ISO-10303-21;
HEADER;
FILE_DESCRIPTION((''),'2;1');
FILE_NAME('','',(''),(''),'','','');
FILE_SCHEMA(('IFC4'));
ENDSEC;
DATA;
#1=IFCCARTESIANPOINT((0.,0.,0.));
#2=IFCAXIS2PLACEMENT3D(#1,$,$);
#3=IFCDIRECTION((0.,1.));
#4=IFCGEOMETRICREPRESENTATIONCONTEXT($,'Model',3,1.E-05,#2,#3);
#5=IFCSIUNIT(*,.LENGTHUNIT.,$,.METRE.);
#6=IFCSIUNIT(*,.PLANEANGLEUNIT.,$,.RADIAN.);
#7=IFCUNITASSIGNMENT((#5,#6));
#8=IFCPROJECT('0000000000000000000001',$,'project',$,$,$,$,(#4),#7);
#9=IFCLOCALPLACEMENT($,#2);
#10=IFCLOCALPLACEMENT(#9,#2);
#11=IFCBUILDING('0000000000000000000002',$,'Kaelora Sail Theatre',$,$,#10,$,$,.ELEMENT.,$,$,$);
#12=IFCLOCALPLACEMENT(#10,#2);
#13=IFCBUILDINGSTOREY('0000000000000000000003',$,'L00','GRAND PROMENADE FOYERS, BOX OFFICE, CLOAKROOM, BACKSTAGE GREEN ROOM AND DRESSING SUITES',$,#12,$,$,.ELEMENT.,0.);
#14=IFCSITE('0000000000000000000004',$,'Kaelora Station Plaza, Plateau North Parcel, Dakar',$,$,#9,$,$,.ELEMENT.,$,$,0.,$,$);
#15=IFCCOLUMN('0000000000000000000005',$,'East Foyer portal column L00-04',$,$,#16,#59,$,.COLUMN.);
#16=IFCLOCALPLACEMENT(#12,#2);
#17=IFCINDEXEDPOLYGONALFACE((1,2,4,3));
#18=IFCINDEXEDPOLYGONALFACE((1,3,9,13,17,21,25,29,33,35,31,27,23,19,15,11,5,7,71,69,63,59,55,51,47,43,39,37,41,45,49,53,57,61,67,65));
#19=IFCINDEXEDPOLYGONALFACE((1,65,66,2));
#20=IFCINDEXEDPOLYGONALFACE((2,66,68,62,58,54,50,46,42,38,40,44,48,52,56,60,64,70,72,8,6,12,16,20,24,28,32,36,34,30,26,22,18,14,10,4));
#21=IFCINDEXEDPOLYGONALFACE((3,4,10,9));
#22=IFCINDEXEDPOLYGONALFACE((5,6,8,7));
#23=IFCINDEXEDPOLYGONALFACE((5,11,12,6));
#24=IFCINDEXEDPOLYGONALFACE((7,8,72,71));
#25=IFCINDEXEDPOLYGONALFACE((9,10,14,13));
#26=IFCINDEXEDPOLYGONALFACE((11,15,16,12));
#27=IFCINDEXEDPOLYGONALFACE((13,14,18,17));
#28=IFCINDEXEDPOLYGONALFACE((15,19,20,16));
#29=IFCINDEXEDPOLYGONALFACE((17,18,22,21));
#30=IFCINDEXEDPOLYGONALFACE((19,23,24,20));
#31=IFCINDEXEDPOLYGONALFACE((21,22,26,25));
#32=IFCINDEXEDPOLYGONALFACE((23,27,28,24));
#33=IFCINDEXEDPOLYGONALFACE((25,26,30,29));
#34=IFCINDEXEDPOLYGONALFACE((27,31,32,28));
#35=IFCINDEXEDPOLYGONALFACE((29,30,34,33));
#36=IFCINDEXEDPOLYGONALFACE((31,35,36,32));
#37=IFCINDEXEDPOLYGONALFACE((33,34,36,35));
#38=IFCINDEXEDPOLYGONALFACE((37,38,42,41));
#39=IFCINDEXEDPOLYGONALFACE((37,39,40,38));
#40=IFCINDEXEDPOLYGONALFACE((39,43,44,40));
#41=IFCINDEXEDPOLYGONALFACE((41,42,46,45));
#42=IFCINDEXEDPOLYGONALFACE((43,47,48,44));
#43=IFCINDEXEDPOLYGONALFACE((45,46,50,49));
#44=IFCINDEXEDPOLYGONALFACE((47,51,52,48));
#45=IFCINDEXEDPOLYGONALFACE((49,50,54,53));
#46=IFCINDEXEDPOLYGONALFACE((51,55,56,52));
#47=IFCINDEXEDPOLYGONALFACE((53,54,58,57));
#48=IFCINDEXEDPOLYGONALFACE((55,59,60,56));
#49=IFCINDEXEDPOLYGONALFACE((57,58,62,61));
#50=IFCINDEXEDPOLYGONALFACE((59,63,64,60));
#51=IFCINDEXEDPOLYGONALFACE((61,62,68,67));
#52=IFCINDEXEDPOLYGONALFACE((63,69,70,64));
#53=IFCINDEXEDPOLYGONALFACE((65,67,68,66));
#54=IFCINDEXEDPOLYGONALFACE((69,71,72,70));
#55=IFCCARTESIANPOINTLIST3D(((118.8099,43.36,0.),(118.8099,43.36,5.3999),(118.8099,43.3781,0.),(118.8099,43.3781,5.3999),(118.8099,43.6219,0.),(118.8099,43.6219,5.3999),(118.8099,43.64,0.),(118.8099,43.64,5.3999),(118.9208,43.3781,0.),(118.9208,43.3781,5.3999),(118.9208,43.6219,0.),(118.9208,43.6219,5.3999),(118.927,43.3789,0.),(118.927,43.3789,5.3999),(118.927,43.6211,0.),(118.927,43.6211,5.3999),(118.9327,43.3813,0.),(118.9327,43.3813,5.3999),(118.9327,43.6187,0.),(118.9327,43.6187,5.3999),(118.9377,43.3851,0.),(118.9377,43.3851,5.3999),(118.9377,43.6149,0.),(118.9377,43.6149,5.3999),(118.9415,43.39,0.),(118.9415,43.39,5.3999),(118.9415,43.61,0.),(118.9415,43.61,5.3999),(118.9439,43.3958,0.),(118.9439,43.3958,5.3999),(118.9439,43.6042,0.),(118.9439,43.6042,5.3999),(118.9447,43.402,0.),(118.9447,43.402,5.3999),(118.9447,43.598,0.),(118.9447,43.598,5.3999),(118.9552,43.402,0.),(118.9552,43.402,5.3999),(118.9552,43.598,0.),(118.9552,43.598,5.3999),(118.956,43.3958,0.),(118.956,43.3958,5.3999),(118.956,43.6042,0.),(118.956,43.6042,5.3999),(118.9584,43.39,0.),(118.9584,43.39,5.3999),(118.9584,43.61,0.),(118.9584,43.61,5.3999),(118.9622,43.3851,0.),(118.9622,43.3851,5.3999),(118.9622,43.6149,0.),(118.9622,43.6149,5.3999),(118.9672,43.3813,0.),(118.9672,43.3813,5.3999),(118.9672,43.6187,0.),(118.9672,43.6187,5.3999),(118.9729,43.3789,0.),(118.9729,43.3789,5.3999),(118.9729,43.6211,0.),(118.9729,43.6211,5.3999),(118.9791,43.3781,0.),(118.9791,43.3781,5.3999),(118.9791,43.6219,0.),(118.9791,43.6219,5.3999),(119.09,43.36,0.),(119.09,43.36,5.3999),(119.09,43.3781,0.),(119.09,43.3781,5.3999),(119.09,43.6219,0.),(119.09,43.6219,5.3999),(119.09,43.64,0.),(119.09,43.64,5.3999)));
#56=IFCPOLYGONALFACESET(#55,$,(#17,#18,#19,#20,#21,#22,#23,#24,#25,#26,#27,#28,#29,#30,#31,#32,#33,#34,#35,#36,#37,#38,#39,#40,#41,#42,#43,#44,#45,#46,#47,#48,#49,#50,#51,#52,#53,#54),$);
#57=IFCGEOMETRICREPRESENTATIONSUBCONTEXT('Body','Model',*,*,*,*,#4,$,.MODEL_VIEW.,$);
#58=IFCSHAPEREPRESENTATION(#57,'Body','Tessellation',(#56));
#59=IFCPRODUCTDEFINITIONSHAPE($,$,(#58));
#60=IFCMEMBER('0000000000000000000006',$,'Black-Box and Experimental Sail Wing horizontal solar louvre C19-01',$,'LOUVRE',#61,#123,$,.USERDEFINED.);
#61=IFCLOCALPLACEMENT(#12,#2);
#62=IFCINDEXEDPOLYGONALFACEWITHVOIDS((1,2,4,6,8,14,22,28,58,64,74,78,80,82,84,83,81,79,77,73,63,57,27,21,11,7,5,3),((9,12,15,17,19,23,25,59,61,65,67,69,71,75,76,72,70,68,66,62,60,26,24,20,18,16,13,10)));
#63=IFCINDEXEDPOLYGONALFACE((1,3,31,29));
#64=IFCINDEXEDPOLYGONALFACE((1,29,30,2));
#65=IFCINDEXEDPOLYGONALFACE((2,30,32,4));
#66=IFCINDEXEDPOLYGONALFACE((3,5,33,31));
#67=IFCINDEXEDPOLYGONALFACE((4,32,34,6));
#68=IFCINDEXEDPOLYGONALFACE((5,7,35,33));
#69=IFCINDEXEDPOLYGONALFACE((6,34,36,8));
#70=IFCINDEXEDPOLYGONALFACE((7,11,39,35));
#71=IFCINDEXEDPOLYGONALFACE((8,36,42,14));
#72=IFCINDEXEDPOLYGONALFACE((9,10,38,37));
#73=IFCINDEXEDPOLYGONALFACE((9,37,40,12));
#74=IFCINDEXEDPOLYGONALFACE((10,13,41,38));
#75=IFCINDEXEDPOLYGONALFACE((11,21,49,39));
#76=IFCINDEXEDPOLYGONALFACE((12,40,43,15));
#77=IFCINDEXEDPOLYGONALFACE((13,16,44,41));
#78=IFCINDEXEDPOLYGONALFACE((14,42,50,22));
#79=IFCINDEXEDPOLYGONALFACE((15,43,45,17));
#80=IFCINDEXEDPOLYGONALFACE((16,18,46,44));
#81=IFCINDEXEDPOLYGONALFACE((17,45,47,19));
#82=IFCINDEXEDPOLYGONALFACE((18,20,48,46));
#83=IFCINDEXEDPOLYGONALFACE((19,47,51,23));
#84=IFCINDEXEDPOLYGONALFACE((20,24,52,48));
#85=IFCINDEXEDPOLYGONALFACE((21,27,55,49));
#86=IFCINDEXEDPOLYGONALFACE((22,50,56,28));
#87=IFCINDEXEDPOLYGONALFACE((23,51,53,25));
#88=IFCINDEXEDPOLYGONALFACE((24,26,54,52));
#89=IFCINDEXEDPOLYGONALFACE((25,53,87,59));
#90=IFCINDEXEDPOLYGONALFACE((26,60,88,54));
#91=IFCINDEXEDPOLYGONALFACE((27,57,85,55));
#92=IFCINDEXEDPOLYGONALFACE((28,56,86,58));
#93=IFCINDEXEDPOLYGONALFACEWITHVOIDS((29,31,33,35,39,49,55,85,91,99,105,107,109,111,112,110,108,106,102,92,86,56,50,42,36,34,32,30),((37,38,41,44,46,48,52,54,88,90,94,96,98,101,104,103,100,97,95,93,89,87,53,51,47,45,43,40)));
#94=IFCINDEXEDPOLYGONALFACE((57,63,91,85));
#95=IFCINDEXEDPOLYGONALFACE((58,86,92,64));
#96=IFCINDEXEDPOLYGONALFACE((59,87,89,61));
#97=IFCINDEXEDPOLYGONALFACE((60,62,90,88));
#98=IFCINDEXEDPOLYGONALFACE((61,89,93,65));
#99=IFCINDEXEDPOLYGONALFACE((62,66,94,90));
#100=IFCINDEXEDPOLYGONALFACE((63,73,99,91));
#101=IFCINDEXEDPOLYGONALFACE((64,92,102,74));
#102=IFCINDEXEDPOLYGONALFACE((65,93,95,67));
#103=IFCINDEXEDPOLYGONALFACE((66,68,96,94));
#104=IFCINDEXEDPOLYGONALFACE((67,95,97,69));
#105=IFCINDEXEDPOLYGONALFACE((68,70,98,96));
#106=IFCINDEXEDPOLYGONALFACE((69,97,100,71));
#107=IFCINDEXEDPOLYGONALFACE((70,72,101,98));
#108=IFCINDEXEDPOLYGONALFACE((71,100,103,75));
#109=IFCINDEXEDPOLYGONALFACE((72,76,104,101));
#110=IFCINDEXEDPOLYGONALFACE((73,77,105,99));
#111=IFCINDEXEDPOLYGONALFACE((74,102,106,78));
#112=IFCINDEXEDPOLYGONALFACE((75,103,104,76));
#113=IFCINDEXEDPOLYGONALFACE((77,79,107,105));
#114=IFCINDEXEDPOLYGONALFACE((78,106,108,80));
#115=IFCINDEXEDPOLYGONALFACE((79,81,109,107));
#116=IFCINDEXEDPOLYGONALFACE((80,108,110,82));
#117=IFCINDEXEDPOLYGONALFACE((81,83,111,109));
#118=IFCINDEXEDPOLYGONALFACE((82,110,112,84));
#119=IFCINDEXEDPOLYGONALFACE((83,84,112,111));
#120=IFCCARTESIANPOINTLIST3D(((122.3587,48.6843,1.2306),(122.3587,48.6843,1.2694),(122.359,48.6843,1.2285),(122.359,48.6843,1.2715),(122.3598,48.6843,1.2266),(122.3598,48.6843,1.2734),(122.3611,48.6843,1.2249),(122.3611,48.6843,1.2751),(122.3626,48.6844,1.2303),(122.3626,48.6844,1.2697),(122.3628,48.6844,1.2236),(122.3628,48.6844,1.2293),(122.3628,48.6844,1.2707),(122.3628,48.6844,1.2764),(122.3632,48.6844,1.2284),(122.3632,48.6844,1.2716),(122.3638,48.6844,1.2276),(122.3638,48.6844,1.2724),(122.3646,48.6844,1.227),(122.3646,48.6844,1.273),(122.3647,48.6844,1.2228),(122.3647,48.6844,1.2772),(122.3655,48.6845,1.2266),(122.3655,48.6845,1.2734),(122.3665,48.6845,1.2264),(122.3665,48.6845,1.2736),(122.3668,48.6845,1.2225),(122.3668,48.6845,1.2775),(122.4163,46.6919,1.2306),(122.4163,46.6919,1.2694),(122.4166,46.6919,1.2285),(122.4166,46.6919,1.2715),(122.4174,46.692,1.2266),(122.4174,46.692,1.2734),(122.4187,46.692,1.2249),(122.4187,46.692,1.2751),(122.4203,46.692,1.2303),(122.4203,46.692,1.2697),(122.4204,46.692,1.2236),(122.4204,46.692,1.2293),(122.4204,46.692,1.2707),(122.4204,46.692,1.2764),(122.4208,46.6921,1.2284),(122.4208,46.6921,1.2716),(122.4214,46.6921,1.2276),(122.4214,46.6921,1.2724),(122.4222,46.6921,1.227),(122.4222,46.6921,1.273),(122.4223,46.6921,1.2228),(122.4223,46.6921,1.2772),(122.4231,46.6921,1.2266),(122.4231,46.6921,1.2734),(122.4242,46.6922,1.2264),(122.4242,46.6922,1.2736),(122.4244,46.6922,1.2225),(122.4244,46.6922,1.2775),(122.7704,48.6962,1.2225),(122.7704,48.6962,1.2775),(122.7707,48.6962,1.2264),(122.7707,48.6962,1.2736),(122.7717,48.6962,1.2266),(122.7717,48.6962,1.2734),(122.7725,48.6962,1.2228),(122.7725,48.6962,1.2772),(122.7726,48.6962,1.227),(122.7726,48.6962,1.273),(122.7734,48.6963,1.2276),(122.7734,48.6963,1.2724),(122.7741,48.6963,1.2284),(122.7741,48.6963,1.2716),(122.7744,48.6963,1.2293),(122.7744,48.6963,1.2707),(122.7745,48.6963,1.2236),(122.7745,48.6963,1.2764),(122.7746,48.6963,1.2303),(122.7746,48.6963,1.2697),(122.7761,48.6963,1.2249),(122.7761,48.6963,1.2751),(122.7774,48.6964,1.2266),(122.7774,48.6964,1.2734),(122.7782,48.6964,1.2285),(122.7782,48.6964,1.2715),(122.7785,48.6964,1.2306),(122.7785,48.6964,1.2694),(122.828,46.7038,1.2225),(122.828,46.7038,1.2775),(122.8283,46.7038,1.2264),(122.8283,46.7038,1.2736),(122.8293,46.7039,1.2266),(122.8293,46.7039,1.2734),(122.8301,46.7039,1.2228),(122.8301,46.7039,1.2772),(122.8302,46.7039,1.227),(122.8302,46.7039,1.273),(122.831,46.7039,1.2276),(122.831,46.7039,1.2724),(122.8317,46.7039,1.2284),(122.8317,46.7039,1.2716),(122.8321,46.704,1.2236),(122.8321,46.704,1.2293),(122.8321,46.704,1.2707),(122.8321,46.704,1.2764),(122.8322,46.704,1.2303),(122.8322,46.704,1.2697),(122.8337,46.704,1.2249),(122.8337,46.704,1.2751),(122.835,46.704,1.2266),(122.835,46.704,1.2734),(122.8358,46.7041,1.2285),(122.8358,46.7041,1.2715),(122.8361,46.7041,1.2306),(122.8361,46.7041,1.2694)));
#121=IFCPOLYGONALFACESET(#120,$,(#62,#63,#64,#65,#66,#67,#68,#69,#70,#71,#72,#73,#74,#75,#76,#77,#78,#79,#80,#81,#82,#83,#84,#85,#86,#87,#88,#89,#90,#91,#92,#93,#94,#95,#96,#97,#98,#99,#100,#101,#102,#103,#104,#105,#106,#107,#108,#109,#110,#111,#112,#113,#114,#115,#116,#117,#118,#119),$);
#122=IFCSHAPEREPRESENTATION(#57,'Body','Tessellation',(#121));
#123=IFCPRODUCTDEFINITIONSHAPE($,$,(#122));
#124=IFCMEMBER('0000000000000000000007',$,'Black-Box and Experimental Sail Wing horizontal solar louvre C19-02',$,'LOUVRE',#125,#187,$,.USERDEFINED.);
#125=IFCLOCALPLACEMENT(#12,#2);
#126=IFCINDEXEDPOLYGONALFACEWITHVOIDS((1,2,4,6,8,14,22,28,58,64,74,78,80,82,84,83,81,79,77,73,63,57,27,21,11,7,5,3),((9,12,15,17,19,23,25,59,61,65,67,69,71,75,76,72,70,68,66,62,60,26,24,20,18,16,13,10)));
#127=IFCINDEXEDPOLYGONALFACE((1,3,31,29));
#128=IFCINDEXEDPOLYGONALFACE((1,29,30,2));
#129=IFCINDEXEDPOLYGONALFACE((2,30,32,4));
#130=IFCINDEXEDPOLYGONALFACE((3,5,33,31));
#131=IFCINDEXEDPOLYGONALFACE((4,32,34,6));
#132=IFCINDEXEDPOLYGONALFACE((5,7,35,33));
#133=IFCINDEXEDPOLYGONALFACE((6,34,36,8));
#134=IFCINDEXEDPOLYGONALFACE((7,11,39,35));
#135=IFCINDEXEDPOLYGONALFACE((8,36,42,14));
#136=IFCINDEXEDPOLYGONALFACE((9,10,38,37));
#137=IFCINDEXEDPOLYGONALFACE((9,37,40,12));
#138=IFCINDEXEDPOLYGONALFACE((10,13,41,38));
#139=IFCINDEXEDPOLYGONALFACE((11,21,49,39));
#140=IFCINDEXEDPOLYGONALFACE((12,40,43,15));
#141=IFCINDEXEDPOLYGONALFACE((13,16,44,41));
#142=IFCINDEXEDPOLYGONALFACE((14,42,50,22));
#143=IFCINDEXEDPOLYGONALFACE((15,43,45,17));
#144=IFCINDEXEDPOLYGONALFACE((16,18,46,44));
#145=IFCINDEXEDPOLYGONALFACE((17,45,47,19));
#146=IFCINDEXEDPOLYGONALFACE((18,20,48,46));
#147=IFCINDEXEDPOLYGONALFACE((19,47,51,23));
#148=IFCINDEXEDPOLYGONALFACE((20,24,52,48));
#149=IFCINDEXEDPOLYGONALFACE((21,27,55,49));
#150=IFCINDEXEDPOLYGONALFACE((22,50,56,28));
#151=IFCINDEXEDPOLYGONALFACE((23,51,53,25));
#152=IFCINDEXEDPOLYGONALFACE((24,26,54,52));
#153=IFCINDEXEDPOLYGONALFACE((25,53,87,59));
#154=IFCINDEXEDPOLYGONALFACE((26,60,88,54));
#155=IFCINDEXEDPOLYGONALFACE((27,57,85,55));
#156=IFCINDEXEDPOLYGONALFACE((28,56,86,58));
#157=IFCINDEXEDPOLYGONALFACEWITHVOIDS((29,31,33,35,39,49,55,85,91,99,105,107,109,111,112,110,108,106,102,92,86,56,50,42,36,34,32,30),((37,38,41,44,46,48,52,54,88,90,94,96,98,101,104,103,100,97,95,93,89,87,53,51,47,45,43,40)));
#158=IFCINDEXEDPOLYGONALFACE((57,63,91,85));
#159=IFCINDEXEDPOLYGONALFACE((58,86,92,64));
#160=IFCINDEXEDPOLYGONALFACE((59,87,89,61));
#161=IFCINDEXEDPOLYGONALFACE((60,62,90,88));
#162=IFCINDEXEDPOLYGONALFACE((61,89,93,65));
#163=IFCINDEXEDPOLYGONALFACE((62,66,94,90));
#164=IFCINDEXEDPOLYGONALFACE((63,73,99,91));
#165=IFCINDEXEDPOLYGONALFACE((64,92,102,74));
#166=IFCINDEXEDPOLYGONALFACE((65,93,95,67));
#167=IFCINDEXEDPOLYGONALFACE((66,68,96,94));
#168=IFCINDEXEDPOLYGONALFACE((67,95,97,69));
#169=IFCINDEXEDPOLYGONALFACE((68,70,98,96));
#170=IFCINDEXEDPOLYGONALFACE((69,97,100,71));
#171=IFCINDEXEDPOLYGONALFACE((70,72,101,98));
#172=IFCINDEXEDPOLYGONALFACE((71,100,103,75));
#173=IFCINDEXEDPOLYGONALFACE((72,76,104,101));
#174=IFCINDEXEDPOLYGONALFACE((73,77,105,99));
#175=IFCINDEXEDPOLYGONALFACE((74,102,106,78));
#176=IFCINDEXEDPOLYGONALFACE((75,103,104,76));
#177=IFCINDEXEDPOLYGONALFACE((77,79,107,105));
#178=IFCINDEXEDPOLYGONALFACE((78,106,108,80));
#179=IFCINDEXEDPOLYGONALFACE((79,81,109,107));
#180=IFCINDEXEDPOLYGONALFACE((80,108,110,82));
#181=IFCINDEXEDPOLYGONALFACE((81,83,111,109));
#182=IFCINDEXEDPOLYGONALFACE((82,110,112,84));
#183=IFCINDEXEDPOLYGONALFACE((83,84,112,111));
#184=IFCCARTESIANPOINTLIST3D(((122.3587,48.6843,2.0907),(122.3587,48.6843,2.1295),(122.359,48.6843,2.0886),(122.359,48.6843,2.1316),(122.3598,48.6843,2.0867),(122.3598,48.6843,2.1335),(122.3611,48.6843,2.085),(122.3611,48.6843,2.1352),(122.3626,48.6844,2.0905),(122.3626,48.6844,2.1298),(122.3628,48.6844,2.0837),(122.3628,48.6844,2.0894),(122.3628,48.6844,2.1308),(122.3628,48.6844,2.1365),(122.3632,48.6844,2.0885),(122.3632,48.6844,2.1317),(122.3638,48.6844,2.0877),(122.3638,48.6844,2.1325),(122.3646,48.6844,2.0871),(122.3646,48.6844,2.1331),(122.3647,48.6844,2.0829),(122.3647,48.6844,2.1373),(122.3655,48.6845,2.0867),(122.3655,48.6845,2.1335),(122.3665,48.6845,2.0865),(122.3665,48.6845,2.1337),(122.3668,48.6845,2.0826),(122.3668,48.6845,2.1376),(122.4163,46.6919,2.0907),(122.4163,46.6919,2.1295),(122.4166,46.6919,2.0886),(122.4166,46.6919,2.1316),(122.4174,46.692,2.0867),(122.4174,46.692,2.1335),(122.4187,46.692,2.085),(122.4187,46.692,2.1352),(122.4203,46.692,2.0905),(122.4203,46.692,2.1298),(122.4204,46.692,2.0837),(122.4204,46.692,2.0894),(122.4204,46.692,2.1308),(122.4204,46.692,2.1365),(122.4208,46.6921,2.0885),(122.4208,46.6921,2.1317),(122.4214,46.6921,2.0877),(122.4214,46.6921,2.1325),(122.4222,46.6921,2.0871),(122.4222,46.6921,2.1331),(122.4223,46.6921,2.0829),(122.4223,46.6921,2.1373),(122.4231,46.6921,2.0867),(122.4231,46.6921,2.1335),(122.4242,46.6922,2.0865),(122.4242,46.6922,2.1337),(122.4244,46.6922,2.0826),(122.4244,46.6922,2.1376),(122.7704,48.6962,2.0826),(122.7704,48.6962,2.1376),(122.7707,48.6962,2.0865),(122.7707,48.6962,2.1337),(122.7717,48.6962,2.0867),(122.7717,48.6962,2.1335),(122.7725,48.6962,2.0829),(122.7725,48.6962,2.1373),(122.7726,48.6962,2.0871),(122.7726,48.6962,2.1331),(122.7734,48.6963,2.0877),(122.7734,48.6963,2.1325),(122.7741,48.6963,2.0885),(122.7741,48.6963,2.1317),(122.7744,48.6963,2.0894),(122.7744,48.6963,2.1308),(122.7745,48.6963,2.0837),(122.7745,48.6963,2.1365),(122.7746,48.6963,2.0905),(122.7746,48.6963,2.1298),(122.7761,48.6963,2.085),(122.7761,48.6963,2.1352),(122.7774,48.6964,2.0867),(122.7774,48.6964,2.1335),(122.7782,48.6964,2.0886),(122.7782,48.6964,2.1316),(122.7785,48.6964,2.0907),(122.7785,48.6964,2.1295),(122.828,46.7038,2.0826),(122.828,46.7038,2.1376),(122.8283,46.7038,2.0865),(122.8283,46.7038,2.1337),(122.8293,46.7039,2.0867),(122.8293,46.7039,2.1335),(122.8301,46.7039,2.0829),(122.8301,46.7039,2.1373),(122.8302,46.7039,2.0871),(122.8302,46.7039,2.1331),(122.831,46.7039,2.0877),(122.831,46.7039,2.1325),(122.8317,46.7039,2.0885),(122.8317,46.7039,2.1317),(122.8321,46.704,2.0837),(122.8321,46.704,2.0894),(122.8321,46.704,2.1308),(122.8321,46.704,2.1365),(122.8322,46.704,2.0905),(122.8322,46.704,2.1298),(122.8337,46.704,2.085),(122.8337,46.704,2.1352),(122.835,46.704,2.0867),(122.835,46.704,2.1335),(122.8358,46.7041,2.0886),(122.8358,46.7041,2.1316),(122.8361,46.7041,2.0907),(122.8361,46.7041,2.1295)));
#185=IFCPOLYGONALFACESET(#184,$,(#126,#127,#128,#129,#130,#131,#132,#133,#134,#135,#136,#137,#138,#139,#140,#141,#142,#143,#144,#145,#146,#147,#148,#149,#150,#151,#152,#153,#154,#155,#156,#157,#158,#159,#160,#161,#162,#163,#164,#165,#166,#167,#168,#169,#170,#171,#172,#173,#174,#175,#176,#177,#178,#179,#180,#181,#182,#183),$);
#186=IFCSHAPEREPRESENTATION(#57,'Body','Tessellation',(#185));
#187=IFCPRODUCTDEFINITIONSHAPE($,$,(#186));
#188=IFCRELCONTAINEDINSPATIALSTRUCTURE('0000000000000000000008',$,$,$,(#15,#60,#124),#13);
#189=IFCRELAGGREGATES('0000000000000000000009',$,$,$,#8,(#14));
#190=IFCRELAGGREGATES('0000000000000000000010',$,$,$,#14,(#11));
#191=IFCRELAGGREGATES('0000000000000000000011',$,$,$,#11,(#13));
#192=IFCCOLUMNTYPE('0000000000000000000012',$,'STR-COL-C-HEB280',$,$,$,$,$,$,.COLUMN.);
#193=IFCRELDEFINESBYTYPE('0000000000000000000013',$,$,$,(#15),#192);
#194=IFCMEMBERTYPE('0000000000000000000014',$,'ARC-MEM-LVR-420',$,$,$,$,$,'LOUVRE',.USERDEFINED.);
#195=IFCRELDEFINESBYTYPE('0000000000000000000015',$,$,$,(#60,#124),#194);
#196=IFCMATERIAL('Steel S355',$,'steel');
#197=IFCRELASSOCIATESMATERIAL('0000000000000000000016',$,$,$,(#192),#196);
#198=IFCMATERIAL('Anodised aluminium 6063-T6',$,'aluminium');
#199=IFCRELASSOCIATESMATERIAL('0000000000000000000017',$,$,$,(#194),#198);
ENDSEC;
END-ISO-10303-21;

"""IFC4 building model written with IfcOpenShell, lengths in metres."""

from ifc_helpers import new_model, si_unit, direction, frame, origin, origin_2d, place, context, subcontext, project, spatial, hollow_rectangle, i_section, extrude, material, material_profile, profile_set, type_object, element, save


model = new_model("IFC4")

# Units and contexts
model_context = context("Model", 3, precision=1e-05, world=origin(), true_north=direction((0.0, 1.0)))
body_context = subcontext(model_context, "Body", "Model", "MODEL_VIEW")
ifc_project = project(units=[si_unit("LENGTHUNIT", "METRE"), si_unit("PLANEANGLEUNIT", "RADIAN")], contexts=[model_context])

# Site, building, storey
site_placement = place(None, origin())
site = spatial("IfcSite", under=ifc_project, at=site_placement, Name="Kaelora Station Plaza, Plateau North Parcel, Dakar", CompositionType="ELEMENT", RefElevation=0.0)
building_placement = place(site_placement, origin())
building = spatial("IfcBuilding", under=site, at=building_placement, Name="Kaelora Sail Theatre", CompositionType="ELEMENT")
storey_placement = place(building_placement, origin())
storey = spatial("IfcBuildingStorey", under=building, at=storey_placement, Name="L00", Description="GRAND PROMENADE FOYERS, BOX OFFICE, CLOAKROOM, BACKSTAGE GREEN ROOM AND DRESSING SUITES", CompositionType="ELEMENT", Elevation=0.0)

# Column
ifc_material_1 = material(Name="Steel S355", Category="steel")
ifc_material_profile_1 = material_profile(ifc_material_1, i_section(OverallWidth=0.28, OverallDepth=0.28, WebThickness=0.0105, FlangeThickness=0.0181, FilletRadius=0.0239, at=origin_2d()), Name="HEB 280")
ifc_profile_set_1 = profile_set([ifc_material_profile_1], Name="Steel S355")
column_type = type_object("IfcColumnType", Name="STR-COL-C-HEB280", PredefinedType="COLUMN", material=ifc_profile_set_1)
column_placement = place(storey_placement, frame((118.95, 43.5, 0.0), z_axis=(0.0, 0.0, 1.0), x_axis=(1.0, 0.0, 0.0)))
element("IfcColumn", 1, at=column_placement, inside=storey, type_object=column_type, Name="East Foyer portal column L00-04", PredefinedType="COLUMN", context=body_context, shape_type="SweptSolid", body=[
    extrude(i_section(OverallWidth=0.28, OverallDepth=0.28, WebThickness=0.0105, FlangeThickness=0.0181, FilletRadius=0.0239, at=origin_2d()), origin(), (0.0, 0.0, 1.0), 5.3999),
])

# Members
ifc_material_2 = material(Name="Anodised aluminium 6063-T6", Category="aluminium")
ifc_material_profile_2 = material_profile(ifc_material_2, hollow_rectangle(XDim=0.4199, YDim=0.0549, WallThickness=0.0039, InnerFilletRadius=0.0039, OuterFilletRadius=0.0081, at=origin_2d()), Name="LOUVRE 420x55x4")
ifc_profile_set_2 = profile_set([ifc_material_profile_2], Name="Anodised aluminium 6063-T6")
member_type_1 = type_object("IfcMemberType", Name="ARC-MEM-LVR-420", ElementType="LOUVRE", PredefinedType="USERDEFINED", material=ifc_profile_set_2)
for number, where, z_axis, x_axis, name in (
    (2, (122.6262, 46.698, 1.25), (-0.028906, 0.999582, 0.0), (-0.999582, -0.028906, 0.0), "Black-Box and Experimental Sail Wing horizontal solar louvre C19-01"),
    (3, (122.6262, 46.698, 2.1101), (-0.028906, 0.999582, 0.0), (-0.999582, -0.028906, 0.0), "Black-Box and Experimental Sail Wing horizontal solar louvre C19-02"),
):
    element("IfcMember", number, at=place(storey_placement, frame(where, z_axis=z_axis, x_axis=x_axis)), inside=storey, type_object=member_type_1, Name=name, ObjectType="LOUVRE", PredefinedType="USERDEFINED", context=body_context, shape_type="SweptSolid", body=[
        extrude(hollow_rectangle(XDim=0.4199, YDim=0.0549, WallThickness=0.0039, InnerFilletRadius=0.0039, OuterFilletRadius=0.0081, at=origin_2d()), origin(), (0.0, 0.0, 1.0), 1.9932),
    ])

save(model, "model.ifc")
